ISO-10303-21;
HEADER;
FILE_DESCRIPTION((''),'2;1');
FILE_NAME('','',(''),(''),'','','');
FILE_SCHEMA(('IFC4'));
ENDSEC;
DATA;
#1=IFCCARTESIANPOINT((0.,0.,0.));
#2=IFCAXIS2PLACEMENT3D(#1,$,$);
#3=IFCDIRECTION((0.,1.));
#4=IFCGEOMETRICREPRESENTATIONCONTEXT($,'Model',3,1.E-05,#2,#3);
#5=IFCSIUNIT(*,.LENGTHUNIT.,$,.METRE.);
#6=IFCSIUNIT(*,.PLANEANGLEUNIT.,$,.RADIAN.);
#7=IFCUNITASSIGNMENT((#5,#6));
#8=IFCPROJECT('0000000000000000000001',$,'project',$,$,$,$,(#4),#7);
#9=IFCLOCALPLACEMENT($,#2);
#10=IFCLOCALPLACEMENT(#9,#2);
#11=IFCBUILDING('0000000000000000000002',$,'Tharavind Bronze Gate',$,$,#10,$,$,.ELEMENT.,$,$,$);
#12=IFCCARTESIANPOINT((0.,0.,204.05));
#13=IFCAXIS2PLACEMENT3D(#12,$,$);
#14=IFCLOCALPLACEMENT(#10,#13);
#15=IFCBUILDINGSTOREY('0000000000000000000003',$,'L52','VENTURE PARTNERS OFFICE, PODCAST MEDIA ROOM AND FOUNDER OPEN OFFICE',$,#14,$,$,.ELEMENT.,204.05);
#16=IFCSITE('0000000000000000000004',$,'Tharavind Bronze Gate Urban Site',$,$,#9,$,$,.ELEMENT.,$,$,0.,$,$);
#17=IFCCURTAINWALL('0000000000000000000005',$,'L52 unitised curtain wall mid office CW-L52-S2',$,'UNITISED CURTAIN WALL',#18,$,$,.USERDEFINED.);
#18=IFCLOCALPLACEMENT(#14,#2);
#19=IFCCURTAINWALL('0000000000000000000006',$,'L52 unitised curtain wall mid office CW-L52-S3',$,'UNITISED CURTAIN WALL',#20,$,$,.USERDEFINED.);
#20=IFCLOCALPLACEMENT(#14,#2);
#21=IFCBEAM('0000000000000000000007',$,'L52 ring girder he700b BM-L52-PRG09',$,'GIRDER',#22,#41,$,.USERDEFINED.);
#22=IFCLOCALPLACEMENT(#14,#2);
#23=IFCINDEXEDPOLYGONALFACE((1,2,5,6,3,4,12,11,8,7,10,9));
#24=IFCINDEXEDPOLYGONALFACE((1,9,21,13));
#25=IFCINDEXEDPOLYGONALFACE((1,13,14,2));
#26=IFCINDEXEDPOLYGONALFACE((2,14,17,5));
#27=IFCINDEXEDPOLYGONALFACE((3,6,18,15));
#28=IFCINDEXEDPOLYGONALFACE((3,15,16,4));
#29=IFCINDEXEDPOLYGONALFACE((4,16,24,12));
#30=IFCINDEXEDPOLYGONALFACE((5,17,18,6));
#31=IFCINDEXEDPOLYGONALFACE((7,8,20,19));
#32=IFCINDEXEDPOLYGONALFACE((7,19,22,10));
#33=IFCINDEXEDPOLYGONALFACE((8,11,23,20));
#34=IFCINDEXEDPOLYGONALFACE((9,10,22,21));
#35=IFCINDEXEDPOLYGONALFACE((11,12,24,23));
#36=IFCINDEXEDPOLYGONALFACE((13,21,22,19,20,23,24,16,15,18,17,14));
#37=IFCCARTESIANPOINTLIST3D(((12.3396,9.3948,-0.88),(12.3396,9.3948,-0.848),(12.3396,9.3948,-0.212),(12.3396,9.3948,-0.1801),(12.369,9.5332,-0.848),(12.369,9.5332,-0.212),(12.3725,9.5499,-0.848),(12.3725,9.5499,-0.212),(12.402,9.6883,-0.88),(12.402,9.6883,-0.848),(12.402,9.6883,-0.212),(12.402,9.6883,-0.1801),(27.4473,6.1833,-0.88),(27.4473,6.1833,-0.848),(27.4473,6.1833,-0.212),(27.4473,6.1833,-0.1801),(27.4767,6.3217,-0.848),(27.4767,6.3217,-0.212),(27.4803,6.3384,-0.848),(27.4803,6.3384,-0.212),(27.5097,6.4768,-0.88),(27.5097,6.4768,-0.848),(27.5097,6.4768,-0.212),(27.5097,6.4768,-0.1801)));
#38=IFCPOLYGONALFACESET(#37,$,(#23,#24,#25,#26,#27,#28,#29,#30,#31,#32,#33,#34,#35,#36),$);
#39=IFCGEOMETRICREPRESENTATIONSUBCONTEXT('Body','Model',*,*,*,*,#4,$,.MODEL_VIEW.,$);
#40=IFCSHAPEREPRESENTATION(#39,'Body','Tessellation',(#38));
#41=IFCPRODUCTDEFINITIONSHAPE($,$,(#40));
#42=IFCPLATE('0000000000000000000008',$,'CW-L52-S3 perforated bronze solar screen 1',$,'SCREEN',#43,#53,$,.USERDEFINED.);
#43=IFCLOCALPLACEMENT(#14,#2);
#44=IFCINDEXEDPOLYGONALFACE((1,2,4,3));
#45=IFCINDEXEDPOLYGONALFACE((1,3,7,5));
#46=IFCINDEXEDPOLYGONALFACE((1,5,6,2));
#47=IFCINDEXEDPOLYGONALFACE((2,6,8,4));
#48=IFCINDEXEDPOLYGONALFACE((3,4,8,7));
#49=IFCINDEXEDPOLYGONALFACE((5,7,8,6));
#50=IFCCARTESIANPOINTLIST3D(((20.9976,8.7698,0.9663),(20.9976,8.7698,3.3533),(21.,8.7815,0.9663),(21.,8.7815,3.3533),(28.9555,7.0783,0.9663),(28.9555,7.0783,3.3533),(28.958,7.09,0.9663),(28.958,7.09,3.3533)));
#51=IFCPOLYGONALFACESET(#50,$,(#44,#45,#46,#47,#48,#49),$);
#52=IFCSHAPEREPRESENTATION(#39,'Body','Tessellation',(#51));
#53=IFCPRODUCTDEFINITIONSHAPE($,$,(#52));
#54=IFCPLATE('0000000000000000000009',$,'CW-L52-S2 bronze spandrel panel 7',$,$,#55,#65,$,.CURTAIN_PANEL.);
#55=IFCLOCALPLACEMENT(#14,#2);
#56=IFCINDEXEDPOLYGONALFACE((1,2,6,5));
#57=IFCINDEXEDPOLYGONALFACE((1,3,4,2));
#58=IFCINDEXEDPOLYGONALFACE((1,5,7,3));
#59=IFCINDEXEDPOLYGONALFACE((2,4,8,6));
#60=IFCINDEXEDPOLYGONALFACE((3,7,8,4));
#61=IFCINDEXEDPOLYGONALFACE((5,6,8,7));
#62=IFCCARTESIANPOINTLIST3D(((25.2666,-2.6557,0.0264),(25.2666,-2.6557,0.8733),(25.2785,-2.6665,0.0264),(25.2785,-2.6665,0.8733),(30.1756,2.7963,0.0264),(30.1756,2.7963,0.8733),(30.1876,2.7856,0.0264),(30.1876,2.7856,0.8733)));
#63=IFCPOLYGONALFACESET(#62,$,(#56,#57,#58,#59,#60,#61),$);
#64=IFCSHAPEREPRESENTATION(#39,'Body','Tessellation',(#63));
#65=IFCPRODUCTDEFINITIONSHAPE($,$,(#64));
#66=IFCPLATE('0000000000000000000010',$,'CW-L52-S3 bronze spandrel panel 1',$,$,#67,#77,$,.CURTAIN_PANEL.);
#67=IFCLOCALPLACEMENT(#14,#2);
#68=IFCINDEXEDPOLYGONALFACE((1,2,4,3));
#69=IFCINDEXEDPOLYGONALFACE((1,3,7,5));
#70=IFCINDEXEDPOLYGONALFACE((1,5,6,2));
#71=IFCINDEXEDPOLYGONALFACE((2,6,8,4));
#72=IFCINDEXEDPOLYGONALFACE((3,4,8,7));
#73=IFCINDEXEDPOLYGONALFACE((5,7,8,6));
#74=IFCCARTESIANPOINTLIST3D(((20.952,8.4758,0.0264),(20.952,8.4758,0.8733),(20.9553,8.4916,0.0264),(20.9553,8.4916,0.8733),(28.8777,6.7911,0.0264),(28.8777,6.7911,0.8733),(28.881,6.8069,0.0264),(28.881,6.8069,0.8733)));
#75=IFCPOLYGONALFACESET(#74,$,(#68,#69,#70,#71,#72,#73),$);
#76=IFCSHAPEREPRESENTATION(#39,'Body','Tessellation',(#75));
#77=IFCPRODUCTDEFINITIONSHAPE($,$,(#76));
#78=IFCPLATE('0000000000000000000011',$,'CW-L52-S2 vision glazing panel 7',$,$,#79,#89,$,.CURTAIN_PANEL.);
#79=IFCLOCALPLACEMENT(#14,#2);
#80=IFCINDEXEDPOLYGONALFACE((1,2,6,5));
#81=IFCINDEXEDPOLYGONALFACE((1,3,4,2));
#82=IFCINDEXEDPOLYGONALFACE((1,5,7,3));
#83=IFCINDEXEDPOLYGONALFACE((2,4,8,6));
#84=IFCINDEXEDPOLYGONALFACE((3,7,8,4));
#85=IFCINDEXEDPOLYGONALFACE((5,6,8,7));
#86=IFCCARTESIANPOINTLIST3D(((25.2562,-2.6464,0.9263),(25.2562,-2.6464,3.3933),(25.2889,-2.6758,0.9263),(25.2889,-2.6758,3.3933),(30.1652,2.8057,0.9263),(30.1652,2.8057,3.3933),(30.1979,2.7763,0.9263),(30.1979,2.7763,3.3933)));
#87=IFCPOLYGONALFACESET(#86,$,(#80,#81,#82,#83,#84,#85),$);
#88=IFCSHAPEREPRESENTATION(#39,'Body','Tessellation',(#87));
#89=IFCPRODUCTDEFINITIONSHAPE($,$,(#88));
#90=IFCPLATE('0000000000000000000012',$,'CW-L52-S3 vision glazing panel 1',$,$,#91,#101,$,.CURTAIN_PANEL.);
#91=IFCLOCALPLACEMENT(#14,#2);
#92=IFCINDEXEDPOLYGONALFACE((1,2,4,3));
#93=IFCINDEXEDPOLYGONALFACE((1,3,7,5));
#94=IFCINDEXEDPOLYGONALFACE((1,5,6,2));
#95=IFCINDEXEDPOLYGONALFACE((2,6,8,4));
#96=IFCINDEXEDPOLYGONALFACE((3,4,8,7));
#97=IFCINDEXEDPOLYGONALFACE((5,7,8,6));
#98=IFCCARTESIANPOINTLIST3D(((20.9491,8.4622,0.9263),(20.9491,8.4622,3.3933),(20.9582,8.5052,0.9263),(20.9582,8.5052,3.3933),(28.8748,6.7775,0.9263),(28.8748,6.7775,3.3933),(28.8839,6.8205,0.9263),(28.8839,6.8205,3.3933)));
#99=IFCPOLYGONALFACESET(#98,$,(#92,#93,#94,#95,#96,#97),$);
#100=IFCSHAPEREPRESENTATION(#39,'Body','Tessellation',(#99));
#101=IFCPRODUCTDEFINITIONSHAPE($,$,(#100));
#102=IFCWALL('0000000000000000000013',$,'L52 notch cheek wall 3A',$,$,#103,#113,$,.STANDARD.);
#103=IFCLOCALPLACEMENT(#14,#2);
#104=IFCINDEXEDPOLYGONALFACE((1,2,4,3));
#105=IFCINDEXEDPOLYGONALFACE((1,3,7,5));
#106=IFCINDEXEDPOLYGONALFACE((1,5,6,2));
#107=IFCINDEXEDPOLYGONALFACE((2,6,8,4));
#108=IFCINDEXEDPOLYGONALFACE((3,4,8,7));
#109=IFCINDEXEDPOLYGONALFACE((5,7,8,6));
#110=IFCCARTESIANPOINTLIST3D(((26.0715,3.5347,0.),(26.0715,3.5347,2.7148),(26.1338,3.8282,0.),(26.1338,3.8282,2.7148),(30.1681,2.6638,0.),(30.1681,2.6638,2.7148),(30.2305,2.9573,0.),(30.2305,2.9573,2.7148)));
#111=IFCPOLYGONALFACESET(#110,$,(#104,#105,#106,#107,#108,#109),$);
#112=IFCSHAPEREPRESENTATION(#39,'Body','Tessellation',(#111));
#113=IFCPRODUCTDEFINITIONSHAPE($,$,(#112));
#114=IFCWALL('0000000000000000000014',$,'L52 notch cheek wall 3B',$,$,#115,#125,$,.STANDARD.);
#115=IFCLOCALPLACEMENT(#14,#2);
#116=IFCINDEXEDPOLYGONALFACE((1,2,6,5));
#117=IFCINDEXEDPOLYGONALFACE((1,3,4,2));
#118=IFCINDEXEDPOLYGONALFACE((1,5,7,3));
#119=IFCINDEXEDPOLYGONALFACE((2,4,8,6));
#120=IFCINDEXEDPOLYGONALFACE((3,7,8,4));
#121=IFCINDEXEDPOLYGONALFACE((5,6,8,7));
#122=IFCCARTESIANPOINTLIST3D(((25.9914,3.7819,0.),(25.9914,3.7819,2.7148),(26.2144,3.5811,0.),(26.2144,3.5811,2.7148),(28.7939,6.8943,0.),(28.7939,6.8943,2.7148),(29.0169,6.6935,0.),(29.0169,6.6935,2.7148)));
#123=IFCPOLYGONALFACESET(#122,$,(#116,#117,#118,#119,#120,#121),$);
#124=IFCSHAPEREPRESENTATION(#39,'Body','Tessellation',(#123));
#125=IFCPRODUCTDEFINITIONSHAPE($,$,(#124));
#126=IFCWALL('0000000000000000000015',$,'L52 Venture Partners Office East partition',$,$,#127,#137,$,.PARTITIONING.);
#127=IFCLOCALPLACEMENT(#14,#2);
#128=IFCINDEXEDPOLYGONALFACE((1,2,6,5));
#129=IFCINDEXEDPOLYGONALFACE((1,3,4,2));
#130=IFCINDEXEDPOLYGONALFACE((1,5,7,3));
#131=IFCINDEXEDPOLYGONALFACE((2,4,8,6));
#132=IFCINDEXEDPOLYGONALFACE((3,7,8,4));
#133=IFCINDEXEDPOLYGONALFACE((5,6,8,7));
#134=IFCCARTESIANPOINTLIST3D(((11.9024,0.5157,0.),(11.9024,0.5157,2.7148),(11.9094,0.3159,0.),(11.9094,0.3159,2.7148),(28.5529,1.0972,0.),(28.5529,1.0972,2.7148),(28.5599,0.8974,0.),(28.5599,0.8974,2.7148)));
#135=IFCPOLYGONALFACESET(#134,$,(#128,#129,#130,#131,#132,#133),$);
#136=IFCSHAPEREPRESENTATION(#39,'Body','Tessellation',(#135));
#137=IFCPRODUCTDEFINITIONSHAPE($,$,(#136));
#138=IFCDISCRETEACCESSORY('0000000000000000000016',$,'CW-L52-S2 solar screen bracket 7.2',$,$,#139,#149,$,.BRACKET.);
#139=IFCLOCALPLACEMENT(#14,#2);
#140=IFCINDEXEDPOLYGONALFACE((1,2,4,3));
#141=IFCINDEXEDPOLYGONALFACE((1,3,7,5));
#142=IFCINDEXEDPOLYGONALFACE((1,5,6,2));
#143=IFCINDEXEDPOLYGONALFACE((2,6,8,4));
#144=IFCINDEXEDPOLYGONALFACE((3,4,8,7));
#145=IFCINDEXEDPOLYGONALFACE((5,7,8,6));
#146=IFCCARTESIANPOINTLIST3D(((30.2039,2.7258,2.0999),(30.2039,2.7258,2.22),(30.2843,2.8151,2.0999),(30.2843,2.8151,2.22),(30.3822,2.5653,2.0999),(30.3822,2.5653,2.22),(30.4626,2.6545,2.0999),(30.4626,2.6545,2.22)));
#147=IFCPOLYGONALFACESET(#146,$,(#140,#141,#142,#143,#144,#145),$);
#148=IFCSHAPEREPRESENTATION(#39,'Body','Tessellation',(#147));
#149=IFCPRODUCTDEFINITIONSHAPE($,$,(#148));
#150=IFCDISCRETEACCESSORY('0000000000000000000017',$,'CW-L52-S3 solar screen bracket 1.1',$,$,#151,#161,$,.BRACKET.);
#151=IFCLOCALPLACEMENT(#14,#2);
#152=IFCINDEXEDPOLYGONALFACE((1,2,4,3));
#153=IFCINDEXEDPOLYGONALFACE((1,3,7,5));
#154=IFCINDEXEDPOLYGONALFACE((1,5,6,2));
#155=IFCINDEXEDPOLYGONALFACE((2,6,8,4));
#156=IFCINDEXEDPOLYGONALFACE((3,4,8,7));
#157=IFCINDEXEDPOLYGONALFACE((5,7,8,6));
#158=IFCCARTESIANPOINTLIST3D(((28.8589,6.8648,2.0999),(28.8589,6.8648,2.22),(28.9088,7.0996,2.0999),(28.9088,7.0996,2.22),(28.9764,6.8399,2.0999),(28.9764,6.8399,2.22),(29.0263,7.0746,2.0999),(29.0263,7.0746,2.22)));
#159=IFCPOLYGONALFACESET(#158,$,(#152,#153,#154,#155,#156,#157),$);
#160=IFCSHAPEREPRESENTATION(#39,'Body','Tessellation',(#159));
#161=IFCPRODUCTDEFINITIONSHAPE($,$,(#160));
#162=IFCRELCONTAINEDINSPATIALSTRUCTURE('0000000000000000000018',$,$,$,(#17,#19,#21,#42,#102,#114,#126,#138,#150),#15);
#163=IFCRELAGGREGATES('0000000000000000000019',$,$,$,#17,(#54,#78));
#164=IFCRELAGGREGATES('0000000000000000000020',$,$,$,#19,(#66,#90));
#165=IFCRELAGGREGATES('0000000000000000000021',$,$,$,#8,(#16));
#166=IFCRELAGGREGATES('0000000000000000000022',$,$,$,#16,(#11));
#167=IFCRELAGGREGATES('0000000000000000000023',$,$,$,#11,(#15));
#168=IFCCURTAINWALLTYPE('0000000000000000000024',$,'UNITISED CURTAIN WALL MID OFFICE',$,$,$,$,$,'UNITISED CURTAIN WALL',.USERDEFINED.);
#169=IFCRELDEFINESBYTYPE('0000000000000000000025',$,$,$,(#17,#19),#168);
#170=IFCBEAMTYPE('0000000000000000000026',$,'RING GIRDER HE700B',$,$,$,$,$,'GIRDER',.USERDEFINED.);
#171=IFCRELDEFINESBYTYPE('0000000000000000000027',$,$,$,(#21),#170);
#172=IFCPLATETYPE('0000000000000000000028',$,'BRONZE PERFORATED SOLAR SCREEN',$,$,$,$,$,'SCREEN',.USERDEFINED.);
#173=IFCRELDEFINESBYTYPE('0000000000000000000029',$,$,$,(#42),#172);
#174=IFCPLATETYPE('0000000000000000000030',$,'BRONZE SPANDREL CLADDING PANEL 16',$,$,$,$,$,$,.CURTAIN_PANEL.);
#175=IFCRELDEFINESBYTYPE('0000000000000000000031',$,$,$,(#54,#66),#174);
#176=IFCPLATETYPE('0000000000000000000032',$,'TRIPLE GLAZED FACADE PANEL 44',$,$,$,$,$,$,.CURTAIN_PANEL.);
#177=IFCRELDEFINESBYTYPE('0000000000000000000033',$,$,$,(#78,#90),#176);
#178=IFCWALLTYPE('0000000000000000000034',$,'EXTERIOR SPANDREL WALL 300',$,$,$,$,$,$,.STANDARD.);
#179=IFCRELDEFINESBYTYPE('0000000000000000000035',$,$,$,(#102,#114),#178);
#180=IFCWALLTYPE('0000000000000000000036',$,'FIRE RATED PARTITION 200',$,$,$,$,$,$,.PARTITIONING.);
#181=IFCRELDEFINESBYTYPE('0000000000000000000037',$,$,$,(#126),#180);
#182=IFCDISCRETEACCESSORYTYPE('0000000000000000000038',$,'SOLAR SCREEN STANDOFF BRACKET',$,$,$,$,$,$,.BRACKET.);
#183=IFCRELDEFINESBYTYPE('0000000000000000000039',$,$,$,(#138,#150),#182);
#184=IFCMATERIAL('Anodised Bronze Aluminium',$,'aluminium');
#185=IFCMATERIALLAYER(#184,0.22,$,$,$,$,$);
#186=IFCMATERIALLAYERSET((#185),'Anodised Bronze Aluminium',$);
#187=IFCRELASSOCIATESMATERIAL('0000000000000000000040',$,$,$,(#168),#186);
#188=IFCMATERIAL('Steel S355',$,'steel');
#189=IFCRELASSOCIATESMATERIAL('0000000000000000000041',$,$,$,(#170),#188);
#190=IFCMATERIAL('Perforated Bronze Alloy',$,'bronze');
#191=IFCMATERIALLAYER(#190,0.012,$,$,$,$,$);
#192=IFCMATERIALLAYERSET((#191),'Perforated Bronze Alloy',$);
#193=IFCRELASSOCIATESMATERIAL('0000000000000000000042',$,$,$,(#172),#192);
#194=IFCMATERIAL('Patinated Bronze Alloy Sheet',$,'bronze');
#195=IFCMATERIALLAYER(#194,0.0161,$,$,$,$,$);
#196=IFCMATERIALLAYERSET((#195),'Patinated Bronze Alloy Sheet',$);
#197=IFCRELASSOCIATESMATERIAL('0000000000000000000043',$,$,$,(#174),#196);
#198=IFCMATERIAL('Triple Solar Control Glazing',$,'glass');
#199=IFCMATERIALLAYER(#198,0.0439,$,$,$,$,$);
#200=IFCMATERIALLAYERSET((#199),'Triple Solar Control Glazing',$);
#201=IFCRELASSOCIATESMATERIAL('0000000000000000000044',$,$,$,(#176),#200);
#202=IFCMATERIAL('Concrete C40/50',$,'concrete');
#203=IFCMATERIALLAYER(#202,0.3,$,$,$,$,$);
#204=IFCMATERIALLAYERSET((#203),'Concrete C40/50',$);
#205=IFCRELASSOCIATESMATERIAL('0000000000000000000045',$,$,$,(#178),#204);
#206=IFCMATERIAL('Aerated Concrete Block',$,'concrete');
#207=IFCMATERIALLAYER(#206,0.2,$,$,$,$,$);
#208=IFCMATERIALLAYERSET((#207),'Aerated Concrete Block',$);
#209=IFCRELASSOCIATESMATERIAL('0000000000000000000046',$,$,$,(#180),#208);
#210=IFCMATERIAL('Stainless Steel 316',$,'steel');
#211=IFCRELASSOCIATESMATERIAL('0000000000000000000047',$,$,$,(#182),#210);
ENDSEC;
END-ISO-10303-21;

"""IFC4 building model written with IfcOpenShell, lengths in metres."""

from ifc_helpers import new_model, si_unit, direction, frame, frame_2d, origin, origin_2d, place, context, subcontext, project, spatial, rectangle, i_section, extrude, material, layer, layer_set, material_profile, profile_set, type_object, element, aggregate, save


model = new_model("IFC4")

# Units and contexts
model_context = context("Model", 3, precision=1e-05, world=origin(), true_north=direction((0.0, 1.0)))
body_context = subcontext(model_context, "Body", "Model", "MODEL_VIEW")
ifc_project = project(units=[si_unit("LENGTHUNIT", "METRE"), si_unit("PLANEANGLEUNIT", "RADIAN")], contexts=[model_context])

# Site, building, storey
site_placement = place(None, origin())
site = spatial("IfcSite", under=ifc_project, at=site_placement, Name="Tharavind Bronze Gate Urban Site", CompositionType="ELEMENT", RefElevation=0.0)
building_placement = place(site_placement, origin())
building = spatial("IfcBuilding", under=site, at=building_placement, Name="Tharavind Bronze Gate", CompositionType="ELEMENT")
storey_placement = place(building_placement, frame((0.0, 0.0, 204.05)))
storey = spatial("IfcBuildingStorey", under=building, at=storey_placement, Name="L52", Description="VENTURE PARTNERS OFFICE, PODCAST MEDIA ROOM AND FOUNDER OPEN OFFICE", CompositionType="ELEMENT", Elevation=204.05)

# Curtain walls
ifc_material_1 = material(Name="Anodised Bronze Aluminium", Category="aluminium")
ifc_layer_1 = layer(ifc_material_1, 0.22)
ifc_layer_set_1 = layer_set([ifc_layer_1], Name="Anodised Bronze Aluminium")
curtain_wall_type = type_object("IfcCurtainWallType", Name="UNITISED CURTAIN WALL MID OFFICE", ElementType="UNITISED CURTAIN WALL", PredefinedType="USERDEFINED", material=ifc_layer_set_1)
curtain_wall_1_placement = place(storey_placement, origin())
curtain_wall_1 = element("IfcCurtainWall", 1, at=curtain_wall_1_placement, inside=storey, type_object=curtain_wall_type, Name="L52 unitised curtain wall mid office CW-L52-S2", ObjectType="UNITISED CURTAIN WALL", PredefinedType="USERDEFINED")
curtain_wall_2_placement = place(storey_placement, origin())
curtain_wall_2 = element("IfcCurtainWall", 2, at=curtain_wall_2_placement, inside=storey, type_object=curtain_wall_type, Name="L52 unitised curtain wall mid office CW-L52-S3", ObjectType="UNITISED CURTAIN WALL", PredefinedType="USERDEFINED")

# Beam
ifc_material_2 = material(Name="Steel S355", Category="steel")
ifc_material_profile_1 = material_profile(ifc_material_2, i_section(OverallWidth=0.3, OverallDepth=0.7, WebThickness=0.0171, FlangeThickness=0.032, at=origin_2d()), Name="HE700B")
ifc_profile_set_1 = profile_set([ifc_material_profile_1], Name="Steel S355")
beam_type_1 = type_object("IfcBeamType", Name="RING GIRDER HE700B", ElementType="GIRDER", PredefinedType="USERDEFINED", material=ifc_profile_set_1)
beam_1_placement = place(storey_placement, frame((27.4785, 6.3301, -0.53), z_axis=(-0.978145, 0.207924, 0.0), x_axis=(-0.207924, -0.978145, 0.0)))
element("IfcBeam", 3, at=beam_1_placement, inside=storey, type_object=beam_type_1, Name="L52 ring girder he700b BM-L52-PRG09", ObjectType="GIRDER", PredefinedType="USERDEFINED", context=body_context, shape_type="SweptSolid", body=[
    extrude(i_section(OverallWidth=0.3, OverallDepth=0.7, WebThickness=0.0171, FlangeThickness=0.032, at=origin_2d()), origin(), (0.0, 0.0, 1.0), 15.4453),
])

# Plates
ifc_material_3 = material(Name="Perforated Bronze Alloy", Category="bronze")
ifc_layer_2 = layer(ifc_material_3, 0.012)
ifc_layer_set_2 = layer_set([ifc_layer_2], Name="Perforated Bronze Alloy")
plate_type_1 = type_object("IfcPlateType", Name="BRONZE PERFORATED SOLAR SCREEN", ElementType="SCREEN", PredefinedType="USERDEFINED", material=ifc_layer_set_2)
plate_1_placement = place(storey_placement, frame((24.9778, 7.9299, 0.9663), z_axis=(0.0, 0.0, 1.0), x_axis=(-0.978148, 0.207912, 0.0)))
element("IfcPlate", 4, at=plate_1_placement, inside=storey, type_object=plate_type_1, Name="CW-L52-S3 perforated bronze solar screen 1", ObjectType="SCREEN", PredefinedType="USERDEFINED", context=body_context, shape_type="SweptSolid", body=[
    extrude(rectangle(XDim=8.1357, YDim=0.012, at=origin_2d()), origin(), (0.0, 0.0, 1.0), 2.387),
])
ifc_material_4 = material(Name="Patinated Bronze Alloy Sheet", Category="bronze")
ifc_layer_3 = layer(ifc_material_4, 0.0161)
ifc_layer_set_3 = layer_set([ifc_layer_3], Name="Patinated Bronze Alloy Sheet")
plate_type_2 = type_object("IfcPlateType", Name="BRONZE SPANDREL CLADDING PANEL 16", PredefinedType="CURTAIN_PANEL", material=ifc_layer_set_3)
plate_2_placement = place(storey_placement, frame((27.7271, 0.0649, 0.0264), z_axis=(0.0, 0.0, 1.0), x_axis=(0.669131, 0.743145, 0.0)))
plate_2 = element("IfcPlate", 5, at=plate_2_placement, type_object=plate_type_2, Name="CW-L52-S2 bronze spandrel panel 7", PredefinedType="CURTAIN_PANEL", context=body_context, shape_type="SweptSolid", body=[
    extrude(rectangle(XDim=7.3364, YDim=0.0161, at=origin_2d()), origin(), (0.0, 0.0, 1.0), 0.8469),
])
plate_3_placement = place(storey_placement, frame((24.9165, 7.6414, 0.0264), z_axis=(0.0, 0.0, 1.0), x_axis=(-0.978148, 0.207912, 0.0)))
plate_3 = element("IfcPlate", 6, at=plate_3_placement, type_object=plate_type_2, Name="CW-L52-S3 bronze spandrel panel 1", PredefinedType="CURTAIN_PANEL", context=body_context, shape_type="SweptSolid", body=[
    extrude(rectangle(XDim=8.1028, YDim=0.0161, at=origin_2d()), origin(), (0.0, 0.0, 1.0), 0.8469),
])
ifc_material_5 = material(Name="Triple Solar Control Glazing", Category="glass")
ifc_layer_4 = layer(ifc_material_5, 0.0439)
ifc_layer_set_4 = layer_set([ifc_layer_4], Name="Triple Solar Control Glazing")
plate_type_3 = type_object("IfcPlateType", Name="TRIPLE GLAZED FACADE PANEL 44", PredefinedType="CURTAIN_PANEL", material=ifc_layer_set_4)
plate_4_placement = place(storey_placement, frame((27.7271, 0.0649, 0.9263), z_axis=(0.0, 0.0, 1.0), x_axis=(0.669131, 0.743145, 0.0)))
plate_4 = element("IfcPlate", 7, at=plate_4_placement, type_object=plate_type_3, Name="CW-L52-S2 vision glazing panel 7", PredefinedType="CURTAIN_PANEL", context=body_context, shape_type="SweptSolid", body=[
    extrude(rectangle(XDim=7.3364, YDim=0.0439, at=origin_2d()), origin(), (0.0, 0.0, 1.0), 2.467),
])
aggregate(curtain_wall_1, [plate_2, plate_4])
plate_5_placement = place(storey_placement, frame((24.9165, 7.6414, 0.9263), z_axis=(0.0, 0.0, 1.0), x_axis=(-0.978148, 0.207912, 0.0)))
plate_5 = element("IfcPlate", 8, at=plate_5_placement, type_object=plate_type_3, Name="CW-L52-S3 vision glazing panel 1", PredefinedType="CURTAIN_PANEL", context=body_context, shape_type="SweptSolid", body=[
    extrude(rectangle(XDim=8.1028, YDim=0.0439, at=origin_2d()), origin(), (0.0, 0.0, 1.0), 2.467),
])
aggregate(curtain_wall_2, [plate_3, plate_5])

# Walls
ifc_material_6 = material(Name="Concrete C40/50", Category="concrete")
ifc_layer_5 = layer(ifc_material_6, 0.3)
ifc_layer_set_5 = layer_set([ifc_layer_5], Name="Concrete C40/50")
wall_type_1 = type_object("IfcWallType", Name="EXTERIOR SPANDREL WALL 300", PredefinedType="STANDARD", material=ifc_layer_set_5)
for number, where, z_axis, x_axis, name in (
    (9, (30.1995, 2.8105, 0.0), (0.0, 0.0, 1.0), (-0.978144, 0.207928, 0.0), "L52 notch cheek wall 3A"),
    (10, (26.1028, 3.6814, 0.0), (0.0, 0.0, 1.0), (0.669152, 0.743126, 0.0), "L52 notch cheek wall 3B"),
):
    element("IfcWall", number, at=place(storey_placement, frame(where, z_axis=z_axis, x_axis=x_axis)), inside=storey, type_object=wall_type_1, Name=name, PredefinedType="STANDARD", context=body_context, shape_type="SweptSolid", body=[
        extrude(rectangle(XDim=4.1882, YDim=0.3, at=frame_2d((2.0942, 0.0))), origin(), (0.0, 0.0, 1.0), 2.7148),
    ])
ifc_material_7 = material(Name="Aerated Concrete Block", Category="concrete")
ifc_layer_6 = layer(ifc_material_7, 0.2)
ifc_layer_set_6 = layer_set([ifc_layer_6], Name="Aerated Concrete Block")
wall_type_2 = type_object("IfcWallType", Name="FIRE RATED PARTITION 200", PredefinedType="PARTITIONING", material=ifc_layer_set_6)
wall_placement = place(storey_placement, frame((28.5564, 0.9973, 0.0), z_axis=(0.0, 0.0, 1.0), x_axis=(-0.999391, -0.034905, 0.0)))
element("IfcWall", 11, at=wall_placement, inside=storey, type_object=wall_type_2, Name="L52 Venture Partners Office East partition", PredefinedType="PARTITIONING", context=body_context, shape_type="SweptSolid", body=[
    extrude(rectangle(XDim=16.6606, YDim=0.2, at=frame_2d((8.3303, 0.0))), origin(), (0.0, 0.0, 1.0), 2.7148),
])

# Discrete accessories
ifc_material_8 = material(Name="Stainless Steel 316", Category="steel")
discrete_accessory_type = type_object("IfcDiscreteAccessoryType", Name="SOLAR SCREEN STANDOFF BRACKET", PredefinedType="BRACKET", material=ifc_material_8)
for number, where, z_axis, x_axis, name in (
    (12, (30.3333, 2.6902, 2.0999), (0.0, 0.0, 1.0), (0.669131, 0.743145, 0.0), "CW-L52-S2 solar screen bracket 7.2"),
    (13, (28.9426, 6.9697, 2.0999), (0.0, 0.0, 1.0), (-0.978148, 0.207912, 0.0), "CW-L52-S3 solar screen bracket 1.1"),
):
    element("IfcDiscreteAccessory", number, at=place(storey_placement, frame(where, z_axis=z_axis, x_axis=x_axis)), inside=storey, type_object=discrete_accessory_type, Name=name, PredefinedType="BRACKET", context=body_context, shape_type="SweptSolid", body=[
        extrude(rectangle(XDim=0.1201, YDim=0.24, at=origin_2d()), origin(), (0.0, 0.0, 1.0), 0.1201),
    ])

save(model, "model.ifc")
